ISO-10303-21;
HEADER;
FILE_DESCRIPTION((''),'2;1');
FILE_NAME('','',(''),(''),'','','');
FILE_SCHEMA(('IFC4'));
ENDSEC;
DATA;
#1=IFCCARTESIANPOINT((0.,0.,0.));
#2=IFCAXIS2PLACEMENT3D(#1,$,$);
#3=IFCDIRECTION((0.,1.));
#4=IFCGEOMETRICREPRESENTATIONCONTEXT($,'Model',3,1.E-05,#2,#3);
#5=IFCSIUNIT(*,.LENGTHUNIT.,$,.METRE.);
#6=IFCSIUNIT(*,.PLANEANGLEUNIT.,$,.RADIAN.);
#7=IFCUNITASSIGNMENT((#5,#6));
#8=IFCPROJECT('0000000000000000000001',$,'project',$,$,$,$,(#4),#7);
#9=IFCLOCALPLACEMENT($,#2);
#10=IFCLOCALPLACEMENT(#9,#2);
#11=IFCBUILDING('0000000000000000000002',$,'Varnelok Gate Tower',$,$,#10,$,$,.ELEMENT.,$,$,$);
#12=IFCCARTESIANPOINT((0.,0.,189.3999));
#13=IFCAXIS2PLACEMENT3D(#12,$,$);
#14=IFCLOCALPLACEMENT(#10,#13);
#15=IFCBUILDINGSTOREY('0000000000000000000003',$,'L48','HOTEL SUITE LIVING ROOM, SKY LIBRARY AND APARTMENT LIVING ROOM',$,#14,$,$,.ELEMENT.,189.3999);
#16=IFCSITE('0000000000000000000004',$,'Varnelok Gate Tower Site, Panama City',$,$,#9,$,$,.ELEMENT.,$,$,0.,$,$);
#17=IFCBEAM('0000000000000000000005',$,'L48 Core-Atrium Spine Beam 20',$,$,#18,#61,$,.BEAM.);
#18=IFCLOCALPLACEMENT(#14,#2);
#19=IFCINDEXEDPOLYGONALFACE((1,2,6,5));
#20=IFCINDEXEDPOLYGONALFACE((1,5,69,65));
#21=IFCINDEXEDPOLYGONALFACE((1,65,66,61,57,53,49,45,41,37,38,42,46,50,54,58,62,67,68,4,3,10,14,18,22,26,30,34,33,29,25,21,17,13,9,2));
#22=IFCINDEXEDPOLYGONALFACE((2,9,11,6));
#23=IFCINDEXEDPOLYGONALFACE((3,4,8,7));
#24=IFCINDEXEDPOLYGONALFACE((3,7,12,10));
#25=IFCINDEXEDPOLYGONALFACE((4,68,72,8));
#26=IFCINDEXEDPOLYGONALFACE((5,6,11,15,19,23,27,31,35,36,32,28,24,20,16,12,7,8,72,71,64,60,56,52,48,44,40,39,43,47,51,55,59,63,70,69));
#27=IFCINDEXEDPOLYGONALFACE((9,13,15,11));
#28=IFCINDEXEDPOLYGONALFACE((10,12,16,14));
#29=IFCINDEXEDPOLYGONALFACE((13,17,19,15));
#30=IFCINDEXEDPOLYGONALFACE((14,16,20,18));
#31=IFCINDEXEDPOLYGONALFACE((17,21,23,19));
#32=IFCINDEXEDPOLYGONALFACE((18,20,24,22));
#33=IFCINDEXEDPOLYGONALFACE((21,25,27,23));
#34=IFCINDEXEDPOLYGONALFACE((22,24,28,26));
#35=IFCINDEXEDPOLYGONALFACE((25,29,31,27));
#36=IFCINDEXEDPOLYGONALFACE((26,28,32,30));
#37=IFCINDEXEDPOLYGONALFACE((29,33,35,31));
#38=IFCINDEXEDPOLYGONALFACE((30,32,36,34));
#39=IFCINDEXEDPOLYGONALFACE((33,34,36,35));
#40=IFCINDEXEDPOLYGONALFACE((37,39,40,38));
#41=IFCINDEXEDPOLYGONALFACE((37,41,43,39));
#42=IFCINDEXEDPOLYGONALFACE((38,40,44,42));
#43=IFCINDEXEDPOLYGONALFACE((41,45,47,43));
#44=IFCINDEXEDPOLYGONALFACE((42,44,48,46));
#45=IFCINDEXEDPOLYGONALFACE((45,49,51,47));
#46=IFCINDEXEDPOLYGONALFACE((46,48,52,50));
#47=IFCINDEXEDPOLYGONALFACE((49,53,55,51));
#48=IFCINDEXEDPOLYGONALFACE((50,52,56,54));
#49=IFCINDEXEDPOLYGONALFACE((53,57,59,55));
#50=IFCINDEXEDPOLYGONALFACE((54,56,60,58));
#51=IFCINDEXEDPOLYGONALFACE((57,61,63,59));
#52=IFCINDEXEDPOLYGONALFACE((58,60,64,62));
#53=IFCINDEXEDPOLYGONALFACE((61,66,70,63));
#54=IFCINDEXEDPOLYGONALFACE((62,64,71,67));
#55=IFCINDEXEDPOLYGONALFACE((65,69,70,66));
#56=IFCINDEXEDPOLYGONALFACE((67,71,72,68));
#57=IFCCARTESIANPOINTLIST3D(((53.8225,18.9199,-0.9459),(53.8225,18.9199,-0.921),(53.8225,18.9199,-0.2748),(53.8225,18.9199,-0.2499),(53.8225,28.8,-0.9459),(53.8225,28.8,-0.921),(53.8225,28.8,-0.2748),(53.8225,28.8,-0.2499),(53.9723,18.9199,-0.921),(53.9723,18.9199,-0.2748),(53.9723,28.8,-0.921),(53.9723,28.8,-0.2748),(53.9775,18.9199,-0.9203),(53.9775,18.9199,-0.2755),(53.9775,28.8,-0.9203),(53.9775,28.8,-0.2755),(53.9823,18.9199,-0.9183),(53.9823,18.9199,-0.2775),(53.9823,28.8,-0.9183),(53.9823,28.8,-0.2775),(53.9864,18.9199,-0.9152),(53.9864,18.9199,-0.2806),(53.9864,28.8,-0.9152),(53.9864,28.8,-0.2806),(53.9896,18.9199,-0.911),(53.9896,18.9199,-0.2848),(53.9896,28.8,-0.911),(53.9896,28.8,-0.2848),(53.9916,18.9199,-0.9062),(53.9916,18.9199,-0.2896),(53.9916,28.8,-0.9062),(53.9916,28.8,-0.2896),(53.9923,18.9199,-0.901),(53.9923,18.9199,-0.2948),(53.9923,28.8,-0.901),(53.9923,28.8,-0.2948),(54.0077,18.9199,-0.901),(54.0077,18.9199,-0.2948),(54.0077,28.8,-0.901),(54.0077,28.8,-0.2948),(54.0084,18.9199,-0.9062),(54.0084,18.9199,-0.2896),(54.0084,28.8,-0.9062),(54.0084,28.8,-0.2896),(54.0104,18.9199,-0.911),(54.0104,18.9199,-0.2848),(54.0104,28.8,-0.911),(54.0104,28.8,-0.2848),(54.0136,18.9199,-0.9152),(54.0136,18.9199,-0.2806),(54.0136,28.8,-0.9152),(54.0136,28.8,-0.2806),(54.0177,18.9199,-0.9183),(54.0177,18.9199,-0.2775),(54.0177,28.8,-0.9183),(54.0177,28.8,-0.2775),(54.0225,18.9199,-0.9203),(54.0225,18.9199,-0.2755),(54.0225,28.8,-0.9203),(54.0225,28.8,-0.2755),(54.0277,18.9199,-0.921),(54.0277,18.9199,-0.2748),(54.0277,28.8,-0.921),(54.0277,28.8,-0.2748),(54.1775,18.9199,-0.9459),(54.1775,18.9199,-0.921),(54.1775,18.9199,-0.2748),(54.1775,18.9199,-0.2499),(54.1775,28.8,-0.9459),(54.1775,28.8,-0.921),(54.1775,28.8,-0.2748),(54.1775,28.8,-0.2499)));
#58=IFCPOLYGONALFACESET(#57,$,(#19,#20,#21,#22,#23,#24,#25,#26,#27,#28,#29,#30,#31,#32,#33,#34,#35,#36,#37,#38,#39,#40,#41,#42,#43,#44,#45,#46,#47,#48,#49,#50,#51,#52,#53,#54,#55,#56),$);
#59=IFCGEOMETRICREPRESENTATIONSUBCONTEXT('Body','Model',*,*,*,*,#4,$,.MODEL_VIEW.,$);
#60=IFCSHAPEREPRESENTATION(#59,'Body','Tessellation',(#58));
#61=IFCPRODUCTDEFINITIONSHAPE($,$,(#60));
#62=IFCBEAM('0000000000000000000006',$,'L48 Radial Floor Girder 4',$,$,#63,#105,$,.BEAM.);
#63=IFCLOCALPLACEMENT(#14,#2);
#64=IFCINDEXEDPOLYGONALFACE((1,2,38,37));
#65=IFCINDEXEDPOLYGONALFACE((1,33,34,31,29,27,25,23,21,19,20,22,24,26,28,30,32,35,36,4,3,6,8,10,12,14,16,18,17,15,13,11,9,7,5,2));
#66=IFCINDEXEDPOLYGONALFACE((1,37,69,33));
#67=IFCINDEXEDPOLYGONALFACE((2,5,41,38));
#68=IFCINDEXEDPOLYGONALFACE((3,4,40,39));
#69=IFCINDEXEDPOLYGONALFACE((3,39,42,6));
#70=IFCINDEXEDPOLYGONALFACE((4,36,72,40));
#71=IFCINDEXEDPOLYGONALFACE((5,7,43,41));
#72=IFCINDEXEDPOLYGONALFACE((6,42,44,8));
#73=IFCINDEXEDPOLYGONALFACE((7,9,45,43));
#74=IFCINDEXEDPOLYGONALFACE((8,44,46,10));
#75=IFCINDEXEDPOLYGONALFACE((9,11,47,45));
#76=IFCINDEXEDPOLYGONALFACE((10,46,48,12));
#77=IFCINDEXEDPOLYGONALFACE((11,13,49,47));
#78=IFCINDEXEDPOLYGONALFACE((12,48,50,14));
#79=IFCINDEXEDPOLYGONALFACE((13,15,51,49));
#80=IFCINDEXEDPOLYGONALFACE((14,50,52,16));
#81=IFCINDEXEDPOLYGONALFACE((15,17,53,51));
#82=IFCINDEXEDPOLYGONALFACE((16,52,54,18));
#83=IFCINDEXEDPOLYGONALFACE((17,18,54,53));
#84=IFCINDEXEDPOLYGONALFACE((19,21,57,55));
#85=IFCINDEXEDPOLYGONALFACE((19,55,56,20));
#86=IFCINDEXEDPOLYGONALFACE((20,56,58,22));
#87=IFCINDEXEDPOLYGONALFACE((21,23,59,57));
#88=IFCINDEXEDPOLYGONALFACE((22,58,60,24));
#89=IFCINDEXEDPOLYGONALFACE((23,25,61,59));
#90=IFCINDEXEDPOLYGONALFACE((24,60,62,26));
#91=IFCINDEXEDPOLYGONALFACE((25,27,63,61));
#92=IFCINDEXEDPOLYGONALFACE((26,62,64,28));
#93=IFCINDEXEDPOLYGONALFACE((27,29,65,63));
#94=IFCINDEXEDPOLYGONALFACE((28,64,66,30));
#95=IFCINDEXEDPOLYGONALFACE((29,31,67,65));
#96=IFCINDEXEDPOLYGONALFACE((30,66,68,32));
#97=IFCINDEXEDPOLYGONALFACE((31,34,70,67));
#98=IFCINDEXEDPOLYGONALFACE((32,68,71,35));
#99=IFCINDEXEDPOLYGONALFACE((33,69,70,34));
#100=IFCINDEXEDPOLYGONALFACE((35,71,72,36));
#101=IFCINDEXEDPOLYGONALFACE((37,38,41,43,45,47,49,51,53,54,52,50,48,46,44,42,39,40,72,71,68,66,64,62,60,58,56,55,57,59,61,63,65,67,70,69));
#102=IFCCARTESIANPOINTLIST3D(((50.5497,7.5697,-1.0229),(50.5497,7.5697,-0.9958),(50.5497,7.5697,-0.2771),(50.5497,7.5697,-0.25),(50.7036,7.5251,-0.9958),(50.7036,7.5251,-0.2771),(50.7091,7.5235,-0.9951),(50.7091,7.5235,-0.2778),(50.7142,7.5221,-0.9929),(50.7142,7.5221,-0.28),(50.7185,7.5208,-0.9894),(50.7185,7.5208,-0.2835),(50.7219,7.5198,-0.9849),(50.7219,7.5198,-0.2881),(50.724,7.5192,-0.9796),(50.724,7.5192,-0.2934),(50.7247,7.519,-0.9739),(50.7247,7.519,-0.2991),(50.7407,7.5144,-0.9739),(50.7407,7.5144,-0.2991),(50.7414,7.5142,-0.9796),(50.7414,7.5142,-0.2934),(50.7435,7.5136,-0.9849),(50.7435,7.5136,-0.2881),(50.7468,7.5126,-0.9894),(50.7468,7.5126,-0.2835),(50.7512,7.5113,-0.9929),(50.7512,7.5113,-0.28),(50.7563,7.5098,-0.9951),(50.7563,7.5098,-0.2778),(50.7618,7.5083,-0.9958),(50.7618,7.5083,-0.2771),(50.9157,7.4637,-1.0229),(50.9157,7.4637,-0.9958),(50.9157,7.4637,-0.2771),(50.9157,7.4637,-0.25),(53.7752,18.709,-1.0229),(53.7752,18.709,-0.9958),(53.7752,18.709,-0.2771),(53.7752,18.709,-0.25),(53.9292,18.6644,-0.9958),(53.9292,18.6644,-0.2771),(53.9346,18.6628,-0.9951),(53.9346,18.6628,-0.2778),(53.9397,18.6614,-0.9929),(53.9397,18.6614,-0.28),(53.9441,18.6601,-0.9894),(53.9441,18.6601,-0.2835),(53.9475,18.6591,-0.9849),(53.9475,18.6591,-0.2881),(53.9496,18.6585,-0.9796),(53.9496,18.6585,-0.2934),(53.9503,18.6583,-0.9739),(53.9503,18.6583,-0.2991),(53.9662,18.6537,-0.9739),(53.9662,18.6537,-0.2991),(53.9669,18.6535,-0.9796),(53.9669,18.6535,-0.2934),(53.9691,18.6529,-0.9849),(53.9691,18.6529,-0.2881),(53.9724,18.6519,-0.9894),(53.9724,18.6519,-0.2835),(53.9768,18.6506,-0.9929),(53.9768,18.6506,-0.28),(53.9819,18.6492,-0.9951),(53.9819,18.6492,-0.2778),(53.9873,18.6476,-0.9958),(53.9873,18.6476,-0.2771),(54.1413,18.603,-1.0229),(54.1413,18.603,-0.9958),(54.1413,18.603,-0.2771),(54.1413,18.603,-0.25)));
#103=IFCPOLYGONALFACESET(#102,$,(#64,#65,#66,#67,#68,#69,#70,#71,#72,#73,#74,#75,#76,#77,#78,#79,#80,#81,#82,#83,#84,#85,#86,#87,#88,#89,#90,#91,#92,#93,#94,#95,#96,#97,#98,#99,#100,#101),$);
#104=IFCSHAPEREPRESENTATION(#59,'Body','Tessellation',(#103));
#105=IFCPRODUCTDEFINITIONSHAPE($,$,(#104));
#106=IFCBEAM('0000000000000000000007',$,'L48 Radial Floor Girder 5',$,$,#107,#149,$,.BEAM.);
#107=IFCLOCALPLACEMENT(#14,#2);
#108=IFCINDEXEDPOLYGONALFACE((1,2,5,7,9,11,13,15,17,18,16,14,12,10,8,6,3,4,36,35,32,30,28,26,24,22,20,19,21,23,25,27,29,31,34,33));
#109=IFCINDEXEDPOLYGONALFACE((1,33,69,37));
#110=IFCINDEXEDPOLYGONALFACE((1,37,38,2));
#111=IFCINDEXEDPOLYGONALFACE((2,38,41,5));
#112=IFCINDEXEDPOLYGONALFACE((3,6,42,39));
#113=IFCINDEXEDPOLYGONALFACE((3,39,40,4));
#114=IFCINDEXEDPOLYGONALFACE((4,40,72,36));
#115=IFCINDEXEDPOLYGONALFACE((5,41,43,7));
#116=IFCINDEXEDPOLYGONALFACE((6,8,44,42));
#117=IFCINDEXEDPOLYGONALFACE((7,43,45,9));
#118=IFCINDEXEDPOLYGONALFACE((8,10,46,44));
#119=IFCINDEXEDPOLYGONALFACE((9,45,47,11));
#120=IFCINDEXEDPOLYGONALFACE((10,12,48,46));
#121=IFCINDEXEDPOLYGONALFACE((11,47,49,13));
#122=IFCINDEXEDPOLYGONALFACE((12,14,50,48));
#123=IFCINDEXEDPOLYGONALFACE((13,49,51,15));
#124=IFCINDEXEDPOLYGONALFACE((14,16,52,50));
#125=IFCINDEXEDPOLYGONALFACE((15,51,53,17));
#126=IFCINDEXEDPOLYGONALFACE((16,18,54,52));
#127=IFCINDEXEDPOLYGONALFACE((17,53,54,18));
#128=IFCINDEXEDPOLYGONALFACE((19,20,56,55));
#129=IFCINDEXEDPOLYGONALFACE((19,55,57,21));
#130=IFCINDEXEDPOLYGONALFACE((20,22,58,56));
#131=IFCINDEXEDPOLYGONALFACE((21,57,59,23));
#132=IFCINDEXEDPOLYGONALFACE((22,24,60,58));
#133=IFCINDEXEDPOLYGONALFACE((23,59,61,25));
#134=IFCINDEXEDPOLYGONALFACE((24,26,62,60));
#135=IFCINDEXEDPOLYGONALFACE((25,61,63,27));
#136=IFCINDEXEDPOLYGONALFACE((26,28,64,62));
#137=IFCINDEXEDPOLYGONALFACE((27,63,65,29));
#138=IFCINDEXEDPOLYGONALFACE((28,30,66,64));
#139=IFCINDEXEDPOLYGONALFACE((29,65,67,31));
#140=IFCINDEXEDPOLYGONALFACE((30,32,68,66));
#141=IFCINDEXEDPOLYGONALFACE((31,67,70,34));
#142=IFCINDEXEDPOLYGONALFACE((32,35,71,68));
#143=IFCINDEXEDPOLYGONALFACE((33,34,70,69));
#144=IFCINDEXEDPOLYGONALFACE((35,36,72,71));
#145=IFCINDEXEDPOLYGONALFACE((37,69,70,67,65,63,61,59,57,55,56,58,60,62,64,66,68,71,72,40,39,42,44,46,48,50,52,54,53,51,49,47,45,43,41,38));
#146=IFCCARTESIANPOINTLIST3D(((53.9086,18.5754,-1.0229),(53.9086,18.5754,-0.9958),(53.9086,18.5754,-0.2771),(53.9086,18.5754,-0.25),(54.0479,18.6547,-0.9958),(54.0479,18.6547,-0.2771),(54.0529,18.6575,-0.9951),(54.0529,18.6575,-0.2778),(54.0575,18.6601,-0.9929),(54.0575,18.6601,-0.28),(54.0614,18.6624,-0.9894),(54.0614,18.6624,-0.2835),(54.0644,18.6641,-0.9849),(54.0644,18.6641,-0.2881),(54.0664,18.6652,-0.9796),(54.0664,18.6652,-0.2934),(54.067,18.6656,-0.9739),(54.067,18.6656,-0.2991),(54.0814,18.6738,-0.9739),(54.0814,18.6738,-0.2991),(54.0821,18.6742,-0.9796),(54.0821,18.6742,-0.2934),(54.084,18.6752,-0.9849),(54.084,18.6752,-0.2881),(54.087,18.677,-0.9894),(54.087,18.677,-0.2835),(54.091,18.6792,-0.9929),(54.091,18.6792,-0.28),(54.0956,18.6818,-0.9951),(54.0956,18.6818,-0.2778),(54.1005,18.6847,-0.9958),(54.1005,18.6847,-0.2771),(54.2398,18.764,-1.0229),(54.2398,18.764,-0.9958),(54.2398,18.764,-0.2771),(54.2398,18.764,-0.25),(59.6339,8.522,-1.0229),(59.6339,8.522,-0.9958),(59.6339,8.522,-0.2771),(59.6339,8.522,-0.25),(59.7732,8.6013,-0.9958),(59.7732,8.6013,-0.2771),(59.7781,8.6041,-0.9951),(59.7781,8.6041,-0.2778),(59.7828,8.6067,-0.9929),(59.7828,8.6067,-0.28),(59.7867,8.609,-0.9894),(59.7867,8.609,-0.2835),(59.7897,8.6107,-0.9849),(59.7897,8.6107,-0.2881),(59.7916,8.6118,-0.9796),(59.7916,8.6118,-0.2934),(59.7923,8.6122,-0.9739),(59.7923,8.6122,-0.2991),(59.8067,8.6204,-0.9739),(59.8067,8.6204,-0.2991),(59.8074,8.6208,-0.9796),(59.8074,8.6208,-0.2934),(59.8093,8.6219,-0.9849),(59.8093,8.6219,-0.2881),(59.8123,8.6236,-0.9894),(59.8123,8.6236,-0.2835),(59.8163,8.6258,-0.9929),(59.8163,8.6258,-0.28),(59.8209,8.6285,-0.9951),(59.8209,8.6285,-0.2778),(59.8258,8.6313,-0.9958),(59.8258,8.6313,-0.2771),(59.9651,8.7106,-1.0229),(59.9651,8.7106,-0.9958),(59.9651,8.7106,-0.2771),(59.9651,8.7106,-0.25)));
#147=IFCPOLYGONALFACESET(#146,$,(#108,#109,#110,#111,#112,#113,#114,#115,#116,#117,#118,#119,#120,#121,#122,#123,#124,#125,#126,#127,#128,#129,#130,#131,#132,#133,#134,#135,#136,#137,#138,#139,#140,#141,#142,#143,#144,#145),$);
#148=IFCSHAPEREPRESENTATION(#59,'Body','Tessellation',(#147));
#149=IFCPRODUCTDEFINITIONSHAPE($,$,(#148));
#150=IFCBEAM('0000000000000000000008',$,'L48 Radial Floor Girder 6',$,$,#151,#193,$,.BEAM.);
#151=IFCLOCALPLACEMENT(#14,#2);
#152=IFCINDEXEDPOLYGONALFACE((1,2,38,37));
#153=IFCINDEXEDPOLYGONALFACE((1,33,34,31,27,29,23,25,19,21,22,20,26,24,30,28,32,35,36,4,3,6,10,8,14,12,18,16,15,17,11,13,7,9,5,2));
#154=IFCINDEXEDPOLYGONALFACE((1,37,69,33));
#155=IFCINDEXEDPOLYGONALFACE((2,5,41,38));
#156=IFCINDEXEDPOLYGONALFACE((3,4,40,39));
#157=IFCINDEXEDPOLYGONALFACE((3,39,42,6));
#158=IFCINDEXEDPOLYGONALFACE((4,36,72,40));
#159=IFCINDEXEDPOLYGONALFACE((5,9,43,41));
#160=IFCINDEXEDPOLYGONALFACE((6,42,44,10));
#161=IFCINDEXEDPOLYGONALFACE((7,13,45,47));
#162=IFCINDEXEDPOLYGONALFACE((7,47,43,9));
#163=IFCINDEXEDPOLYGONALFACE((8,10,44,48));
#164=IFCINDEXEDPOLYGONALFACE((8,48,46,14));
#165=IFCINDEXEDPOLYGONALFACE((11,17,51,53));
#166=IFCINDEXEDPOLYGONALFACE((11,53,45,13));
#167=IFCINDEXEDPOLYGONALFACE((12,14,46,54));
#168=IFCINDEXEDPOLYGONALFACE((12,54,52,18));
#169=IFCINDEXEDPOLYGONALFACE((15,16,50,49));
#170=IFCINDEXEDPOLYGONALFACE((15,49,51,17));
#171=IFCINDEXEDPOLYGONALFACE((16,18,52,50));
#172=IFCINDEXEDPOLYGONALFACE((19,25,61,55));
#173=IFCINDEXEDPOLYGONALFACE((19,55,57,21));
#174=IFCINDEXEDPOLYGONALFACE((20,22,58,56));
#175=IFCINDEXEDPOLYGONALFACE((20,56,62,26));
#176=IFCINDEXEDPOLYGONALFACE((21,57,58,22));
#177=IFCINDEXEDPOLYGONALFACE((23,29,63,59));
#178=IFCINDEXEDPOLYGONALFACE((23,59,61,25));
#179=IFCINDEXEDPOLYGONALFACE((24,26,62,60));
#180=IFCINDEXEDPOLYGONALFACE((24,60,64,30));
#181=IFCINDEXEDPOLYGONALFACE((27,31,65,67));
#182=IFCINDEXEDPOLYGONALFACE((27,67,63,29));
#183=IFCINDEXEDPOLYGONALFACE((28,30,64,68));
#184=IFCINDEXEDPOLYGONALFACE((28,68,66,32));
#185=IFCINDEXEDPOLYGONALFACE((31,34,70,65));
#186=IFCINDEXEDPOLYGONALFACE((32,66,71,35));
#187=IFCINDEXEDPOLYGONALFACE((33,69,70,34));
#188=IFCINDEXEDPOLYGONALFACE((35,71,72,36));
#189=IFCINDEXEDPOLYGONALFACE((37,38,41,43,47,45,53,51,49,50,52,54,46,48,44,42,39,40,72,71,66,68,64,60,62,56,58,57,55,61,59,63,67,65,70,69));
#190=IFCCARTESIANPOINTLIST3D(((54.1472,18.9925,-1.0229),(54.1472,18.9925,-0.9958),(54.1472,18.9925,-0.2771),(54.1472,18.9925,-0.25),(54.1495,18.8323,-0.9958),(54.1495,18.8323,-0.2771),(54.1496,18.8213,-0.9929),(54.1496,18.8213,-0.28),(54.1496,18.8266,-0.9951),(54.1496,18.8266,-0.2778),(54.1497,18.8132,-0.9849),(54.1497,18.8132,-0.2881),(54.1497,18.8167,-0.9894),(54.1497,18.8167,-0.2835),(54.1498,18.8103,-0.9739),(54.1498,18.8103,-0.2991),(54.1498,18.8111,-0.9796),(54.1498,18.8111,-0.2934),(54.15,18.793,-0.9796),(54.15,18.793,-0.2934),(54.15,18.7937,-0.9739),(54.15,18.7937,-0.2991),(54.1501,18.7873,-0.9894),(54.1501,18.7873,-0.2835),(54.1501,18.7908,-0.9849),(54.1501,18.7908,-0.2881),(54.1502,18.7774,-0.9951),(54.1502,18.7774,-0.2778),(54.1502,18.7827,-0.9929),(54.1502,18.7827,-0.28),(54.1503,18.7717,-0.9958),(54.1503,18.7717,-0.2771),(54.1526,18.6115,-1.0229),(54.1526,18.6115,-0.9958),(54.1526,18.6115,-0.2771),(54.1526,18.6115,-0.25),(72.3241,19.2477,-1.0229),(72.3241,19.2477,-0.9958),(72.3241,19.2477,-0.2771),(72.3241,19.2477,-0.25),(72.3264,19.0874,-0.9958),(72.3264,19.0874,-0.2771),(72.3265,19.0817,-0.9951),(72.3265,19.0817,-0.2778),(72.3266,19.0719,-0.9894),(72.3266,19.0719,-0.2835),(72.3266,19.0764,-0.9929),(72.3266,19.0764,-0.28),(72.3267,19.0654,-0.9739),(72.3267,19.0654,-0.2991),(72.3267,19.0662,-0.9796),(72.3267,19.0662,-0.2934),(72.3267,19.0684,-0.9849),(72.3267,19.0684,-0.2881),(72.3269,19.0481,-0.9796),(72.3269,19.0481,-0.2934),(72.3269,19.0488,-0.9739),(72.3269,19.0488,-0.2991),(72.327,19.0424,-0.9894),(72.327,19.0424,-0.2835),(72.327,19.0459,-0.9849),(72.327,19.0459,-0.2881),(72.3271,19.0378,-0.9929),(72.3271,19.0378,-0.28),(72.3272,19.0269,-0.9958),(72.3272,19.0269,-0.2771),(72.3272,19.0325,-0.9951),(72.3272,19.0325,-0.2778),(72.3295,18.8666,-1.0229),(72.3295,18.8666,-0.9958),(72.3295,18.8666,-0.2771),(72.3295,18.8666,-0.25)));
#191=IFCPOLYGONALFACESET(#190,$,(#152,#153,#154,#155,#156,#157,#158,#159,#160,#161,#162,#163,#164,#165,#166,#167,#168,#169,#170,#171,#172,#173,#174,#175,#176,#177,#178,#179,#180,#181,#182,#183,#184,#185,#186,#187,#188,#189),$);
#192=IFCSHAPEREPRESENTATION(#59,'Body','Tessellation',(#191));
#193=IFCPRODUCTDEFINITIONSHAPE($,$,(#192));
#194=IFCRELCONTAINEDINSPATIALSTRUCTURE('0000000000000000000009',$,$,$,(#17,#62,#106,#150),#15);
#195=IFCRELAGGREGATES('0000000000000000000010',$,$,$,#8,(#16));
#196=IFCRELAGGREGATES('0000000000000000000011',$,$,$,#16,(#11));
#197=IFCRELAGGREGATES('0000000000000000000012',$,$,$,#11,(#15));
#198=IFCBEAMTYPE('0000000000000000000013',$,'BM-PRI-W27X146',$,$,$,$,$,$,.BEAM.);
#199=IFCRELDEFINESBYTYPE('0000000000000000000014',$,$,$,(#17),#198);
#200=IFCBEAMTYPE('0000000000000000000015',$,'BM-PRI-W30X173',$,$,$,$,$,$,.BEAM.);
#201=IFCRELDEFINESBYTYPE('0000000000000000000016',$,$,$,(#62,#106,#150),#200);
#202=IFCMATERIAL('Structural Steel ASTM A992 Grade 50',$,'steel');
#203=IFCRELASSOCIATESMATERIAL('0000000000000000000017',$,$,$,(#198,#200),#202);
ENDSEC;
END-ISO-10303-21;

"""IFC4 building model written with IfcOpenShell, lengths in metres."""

from ifc_helpers import new_model, si_unit, direction, frame, origin, origin_2d, place, context, subcontext, project, spatial, i_section, extrude, material, material_profile, profile_set, type_object, element, save


model = new_model("IFC4")

# Units and contexts
model_context = context("Model", 3, precision=1e-05, world=origin(), true_north=direction((0.0, 1.0)))
body_context = subcontext(model_context, "Body", "Model", "MODEL_VIEW")
ifc_project = project(units=[si_unit("LENGTHUNIT", "METRE"), si_unit("PLANEANGLEUNIT", "RADIAN")], contexts=[model_context])

# Site, building, storey
site_placement = place(None, origin())
site = spatial("IfcSite", under=ifc_project, at=site_placement, Name="Varnelok Gate Tower Site, Panama City", CompositionType="ELEMENT", RefElevation=0.0)
building_placement = place(site_placement, origin())
building = spatial("IfcBuilding", under=site, at=building_placement, Name="Varnelok Gate Tower", CompositionType="ELEMENT")
storey_placement = place(building_placement, frame((0.0, 0.0, 189.3999)))
storey = spatial("IfcBuildingStorey", under=building, at=storey_placement, Name="L48", Description="HOTEL SUITE LIVING ROOM, SKY LIBRARY AND APARTMENT LIVING ROOM", CompositionType="ELEMENT", Elevation=189.3999)

# Shared definitions
ifc_material_1 = material(Name="Structural Steel ASTM A992 Grade 50", Category="steel")

# Beams
ifc_material_profile_1 = material_profile(ifc_material_1, i_section(OverallWidth=0.355, OverallDepth=0.696, WebThickness=0.0154, FlangeThickness=0.0249, FilletRadius=0.02, at=origin_2d()), Name="W27X146")
ifc_profile_set_1 = profile_set([ifc_material_profile_1], Name="Structural Steel ASTM A992 Grade 50")
beam_type_1 = type_object("IfcBeamType", Name="BM-PRI-W27X146", PredefinedType="BEAM", material=ifc_profile_set_1)
beam_1_placement = place(storey_placement, frame((54.0, 18.9199, -0.5979), z_axis=(0.0, 1.0, 0.0), x_axis=(-1.0, 0.0, 0.0)))
element("IfcBeam", 1, at=beam_1_placement, inside=storey, type_object=beam_type_1, Name="L48 Core-Atrium Spine Beam 20", PredefinedType="BEAM", context=body_context, shape_type="SweptSolid", body=[
    extrude(i_section(OverallWidth=0.355, OverallDepth=0.696, WebThickness=0.0154, FlangeThickness=0.0249, FilletRadius=0.02, at=origin_2d()), origin(), (0.0, 0.0, 1.0), 9.8801),
])
ifc_material_profile_2 = material_profile(ifc_material_1, i_section(OverallWidth=0.3811, OverallDepth=0.7729, WebThickness=0.0166, FlangeThickness=0.0271, FilletRadius=0.022, at=origin_2d()), Name="W30X173")
ifc_profile_set_2 = profile_set([ifc_material_profile_2], Name="Structural Steel ASTM A992 Grade 50")
beam_type_2 = type_object("IfcBeamType", Name="BM-PRI-W30X173", PredefinedType="BEAM", material=ifc_profile_set_2)
beam_2_placement = place(storey_placement, frame((53.9583, 18.656, -0.6365), z_axis=(-0.278139, -0.960541, 0.0), x_axis=(0.960541, -0.278139, 0.0)))
element("IfcBeam", 2, at=beam_2_placement, inside=storey, type_object=beam_type_2, Name="L48 Radial Floor Girder 4", PredefinedType="BEAM", context=body_context, shape_type="SweptSolid", body=[
    extrude(i_section(OverallWidth=0.3811, OverallDepth=0.7729, WebThickness=0.0166, FlangeThickness=0.0271, FilletRadius=0.022, at=origin_2d()), origin(), (0.0, 0.0, 1.0), 11.5969),
])
beam_3_placement = place(storey_placement, frame((54.0742, 18.6697, -0.6365), z_axis=(0.494868, -0.868968, 0.0), x_axis=(0.868968, 0.494868, 0.0)))
element("IfcBeam", 3, at=beam_3_placement, inside=storey, type_object=beam_type_2, Name="L48 Radial Floor Girder 5", PredefinedType="BEAM", context=body_context, shape_type="SweptSolid", body=[
    extrude(i_section(OverallWidth=0.3811, OverallDepth=0.7729, WebThickness=0.0166, FlangeThickness=0.0271, FilletRadius=0.022, at=origin_2d()), origin(), (0.0, 0.0, 1.0), 11.5693),
])
beam_4_placement = place(storey_placement, frame((54.1499, 18.802, -0.6365), z_axis=(0.999902, 0.014034, 0.0), x_axis=(-0.014034, 0.999902, 0.0)))
element("IfcBeam", 4, at=beam_4_placement, inside=storey, type_object=beam_type_2, Name="L48 Radial Floor Girder 6", PredefinedType="BEAM", context=body_context, shape_type="SweptSolid", body=[
    extrude(i_section(OverallWidth=0.3811, OverallDepth=0.7729, WebThickness=0.0166, FlangeThickness=0.0271, FilletRadius=0.022, at=origin_2d()), origin(), (0.0, 0.0, 1.0), 18.1787),
])

save(model, "model.ifc")
